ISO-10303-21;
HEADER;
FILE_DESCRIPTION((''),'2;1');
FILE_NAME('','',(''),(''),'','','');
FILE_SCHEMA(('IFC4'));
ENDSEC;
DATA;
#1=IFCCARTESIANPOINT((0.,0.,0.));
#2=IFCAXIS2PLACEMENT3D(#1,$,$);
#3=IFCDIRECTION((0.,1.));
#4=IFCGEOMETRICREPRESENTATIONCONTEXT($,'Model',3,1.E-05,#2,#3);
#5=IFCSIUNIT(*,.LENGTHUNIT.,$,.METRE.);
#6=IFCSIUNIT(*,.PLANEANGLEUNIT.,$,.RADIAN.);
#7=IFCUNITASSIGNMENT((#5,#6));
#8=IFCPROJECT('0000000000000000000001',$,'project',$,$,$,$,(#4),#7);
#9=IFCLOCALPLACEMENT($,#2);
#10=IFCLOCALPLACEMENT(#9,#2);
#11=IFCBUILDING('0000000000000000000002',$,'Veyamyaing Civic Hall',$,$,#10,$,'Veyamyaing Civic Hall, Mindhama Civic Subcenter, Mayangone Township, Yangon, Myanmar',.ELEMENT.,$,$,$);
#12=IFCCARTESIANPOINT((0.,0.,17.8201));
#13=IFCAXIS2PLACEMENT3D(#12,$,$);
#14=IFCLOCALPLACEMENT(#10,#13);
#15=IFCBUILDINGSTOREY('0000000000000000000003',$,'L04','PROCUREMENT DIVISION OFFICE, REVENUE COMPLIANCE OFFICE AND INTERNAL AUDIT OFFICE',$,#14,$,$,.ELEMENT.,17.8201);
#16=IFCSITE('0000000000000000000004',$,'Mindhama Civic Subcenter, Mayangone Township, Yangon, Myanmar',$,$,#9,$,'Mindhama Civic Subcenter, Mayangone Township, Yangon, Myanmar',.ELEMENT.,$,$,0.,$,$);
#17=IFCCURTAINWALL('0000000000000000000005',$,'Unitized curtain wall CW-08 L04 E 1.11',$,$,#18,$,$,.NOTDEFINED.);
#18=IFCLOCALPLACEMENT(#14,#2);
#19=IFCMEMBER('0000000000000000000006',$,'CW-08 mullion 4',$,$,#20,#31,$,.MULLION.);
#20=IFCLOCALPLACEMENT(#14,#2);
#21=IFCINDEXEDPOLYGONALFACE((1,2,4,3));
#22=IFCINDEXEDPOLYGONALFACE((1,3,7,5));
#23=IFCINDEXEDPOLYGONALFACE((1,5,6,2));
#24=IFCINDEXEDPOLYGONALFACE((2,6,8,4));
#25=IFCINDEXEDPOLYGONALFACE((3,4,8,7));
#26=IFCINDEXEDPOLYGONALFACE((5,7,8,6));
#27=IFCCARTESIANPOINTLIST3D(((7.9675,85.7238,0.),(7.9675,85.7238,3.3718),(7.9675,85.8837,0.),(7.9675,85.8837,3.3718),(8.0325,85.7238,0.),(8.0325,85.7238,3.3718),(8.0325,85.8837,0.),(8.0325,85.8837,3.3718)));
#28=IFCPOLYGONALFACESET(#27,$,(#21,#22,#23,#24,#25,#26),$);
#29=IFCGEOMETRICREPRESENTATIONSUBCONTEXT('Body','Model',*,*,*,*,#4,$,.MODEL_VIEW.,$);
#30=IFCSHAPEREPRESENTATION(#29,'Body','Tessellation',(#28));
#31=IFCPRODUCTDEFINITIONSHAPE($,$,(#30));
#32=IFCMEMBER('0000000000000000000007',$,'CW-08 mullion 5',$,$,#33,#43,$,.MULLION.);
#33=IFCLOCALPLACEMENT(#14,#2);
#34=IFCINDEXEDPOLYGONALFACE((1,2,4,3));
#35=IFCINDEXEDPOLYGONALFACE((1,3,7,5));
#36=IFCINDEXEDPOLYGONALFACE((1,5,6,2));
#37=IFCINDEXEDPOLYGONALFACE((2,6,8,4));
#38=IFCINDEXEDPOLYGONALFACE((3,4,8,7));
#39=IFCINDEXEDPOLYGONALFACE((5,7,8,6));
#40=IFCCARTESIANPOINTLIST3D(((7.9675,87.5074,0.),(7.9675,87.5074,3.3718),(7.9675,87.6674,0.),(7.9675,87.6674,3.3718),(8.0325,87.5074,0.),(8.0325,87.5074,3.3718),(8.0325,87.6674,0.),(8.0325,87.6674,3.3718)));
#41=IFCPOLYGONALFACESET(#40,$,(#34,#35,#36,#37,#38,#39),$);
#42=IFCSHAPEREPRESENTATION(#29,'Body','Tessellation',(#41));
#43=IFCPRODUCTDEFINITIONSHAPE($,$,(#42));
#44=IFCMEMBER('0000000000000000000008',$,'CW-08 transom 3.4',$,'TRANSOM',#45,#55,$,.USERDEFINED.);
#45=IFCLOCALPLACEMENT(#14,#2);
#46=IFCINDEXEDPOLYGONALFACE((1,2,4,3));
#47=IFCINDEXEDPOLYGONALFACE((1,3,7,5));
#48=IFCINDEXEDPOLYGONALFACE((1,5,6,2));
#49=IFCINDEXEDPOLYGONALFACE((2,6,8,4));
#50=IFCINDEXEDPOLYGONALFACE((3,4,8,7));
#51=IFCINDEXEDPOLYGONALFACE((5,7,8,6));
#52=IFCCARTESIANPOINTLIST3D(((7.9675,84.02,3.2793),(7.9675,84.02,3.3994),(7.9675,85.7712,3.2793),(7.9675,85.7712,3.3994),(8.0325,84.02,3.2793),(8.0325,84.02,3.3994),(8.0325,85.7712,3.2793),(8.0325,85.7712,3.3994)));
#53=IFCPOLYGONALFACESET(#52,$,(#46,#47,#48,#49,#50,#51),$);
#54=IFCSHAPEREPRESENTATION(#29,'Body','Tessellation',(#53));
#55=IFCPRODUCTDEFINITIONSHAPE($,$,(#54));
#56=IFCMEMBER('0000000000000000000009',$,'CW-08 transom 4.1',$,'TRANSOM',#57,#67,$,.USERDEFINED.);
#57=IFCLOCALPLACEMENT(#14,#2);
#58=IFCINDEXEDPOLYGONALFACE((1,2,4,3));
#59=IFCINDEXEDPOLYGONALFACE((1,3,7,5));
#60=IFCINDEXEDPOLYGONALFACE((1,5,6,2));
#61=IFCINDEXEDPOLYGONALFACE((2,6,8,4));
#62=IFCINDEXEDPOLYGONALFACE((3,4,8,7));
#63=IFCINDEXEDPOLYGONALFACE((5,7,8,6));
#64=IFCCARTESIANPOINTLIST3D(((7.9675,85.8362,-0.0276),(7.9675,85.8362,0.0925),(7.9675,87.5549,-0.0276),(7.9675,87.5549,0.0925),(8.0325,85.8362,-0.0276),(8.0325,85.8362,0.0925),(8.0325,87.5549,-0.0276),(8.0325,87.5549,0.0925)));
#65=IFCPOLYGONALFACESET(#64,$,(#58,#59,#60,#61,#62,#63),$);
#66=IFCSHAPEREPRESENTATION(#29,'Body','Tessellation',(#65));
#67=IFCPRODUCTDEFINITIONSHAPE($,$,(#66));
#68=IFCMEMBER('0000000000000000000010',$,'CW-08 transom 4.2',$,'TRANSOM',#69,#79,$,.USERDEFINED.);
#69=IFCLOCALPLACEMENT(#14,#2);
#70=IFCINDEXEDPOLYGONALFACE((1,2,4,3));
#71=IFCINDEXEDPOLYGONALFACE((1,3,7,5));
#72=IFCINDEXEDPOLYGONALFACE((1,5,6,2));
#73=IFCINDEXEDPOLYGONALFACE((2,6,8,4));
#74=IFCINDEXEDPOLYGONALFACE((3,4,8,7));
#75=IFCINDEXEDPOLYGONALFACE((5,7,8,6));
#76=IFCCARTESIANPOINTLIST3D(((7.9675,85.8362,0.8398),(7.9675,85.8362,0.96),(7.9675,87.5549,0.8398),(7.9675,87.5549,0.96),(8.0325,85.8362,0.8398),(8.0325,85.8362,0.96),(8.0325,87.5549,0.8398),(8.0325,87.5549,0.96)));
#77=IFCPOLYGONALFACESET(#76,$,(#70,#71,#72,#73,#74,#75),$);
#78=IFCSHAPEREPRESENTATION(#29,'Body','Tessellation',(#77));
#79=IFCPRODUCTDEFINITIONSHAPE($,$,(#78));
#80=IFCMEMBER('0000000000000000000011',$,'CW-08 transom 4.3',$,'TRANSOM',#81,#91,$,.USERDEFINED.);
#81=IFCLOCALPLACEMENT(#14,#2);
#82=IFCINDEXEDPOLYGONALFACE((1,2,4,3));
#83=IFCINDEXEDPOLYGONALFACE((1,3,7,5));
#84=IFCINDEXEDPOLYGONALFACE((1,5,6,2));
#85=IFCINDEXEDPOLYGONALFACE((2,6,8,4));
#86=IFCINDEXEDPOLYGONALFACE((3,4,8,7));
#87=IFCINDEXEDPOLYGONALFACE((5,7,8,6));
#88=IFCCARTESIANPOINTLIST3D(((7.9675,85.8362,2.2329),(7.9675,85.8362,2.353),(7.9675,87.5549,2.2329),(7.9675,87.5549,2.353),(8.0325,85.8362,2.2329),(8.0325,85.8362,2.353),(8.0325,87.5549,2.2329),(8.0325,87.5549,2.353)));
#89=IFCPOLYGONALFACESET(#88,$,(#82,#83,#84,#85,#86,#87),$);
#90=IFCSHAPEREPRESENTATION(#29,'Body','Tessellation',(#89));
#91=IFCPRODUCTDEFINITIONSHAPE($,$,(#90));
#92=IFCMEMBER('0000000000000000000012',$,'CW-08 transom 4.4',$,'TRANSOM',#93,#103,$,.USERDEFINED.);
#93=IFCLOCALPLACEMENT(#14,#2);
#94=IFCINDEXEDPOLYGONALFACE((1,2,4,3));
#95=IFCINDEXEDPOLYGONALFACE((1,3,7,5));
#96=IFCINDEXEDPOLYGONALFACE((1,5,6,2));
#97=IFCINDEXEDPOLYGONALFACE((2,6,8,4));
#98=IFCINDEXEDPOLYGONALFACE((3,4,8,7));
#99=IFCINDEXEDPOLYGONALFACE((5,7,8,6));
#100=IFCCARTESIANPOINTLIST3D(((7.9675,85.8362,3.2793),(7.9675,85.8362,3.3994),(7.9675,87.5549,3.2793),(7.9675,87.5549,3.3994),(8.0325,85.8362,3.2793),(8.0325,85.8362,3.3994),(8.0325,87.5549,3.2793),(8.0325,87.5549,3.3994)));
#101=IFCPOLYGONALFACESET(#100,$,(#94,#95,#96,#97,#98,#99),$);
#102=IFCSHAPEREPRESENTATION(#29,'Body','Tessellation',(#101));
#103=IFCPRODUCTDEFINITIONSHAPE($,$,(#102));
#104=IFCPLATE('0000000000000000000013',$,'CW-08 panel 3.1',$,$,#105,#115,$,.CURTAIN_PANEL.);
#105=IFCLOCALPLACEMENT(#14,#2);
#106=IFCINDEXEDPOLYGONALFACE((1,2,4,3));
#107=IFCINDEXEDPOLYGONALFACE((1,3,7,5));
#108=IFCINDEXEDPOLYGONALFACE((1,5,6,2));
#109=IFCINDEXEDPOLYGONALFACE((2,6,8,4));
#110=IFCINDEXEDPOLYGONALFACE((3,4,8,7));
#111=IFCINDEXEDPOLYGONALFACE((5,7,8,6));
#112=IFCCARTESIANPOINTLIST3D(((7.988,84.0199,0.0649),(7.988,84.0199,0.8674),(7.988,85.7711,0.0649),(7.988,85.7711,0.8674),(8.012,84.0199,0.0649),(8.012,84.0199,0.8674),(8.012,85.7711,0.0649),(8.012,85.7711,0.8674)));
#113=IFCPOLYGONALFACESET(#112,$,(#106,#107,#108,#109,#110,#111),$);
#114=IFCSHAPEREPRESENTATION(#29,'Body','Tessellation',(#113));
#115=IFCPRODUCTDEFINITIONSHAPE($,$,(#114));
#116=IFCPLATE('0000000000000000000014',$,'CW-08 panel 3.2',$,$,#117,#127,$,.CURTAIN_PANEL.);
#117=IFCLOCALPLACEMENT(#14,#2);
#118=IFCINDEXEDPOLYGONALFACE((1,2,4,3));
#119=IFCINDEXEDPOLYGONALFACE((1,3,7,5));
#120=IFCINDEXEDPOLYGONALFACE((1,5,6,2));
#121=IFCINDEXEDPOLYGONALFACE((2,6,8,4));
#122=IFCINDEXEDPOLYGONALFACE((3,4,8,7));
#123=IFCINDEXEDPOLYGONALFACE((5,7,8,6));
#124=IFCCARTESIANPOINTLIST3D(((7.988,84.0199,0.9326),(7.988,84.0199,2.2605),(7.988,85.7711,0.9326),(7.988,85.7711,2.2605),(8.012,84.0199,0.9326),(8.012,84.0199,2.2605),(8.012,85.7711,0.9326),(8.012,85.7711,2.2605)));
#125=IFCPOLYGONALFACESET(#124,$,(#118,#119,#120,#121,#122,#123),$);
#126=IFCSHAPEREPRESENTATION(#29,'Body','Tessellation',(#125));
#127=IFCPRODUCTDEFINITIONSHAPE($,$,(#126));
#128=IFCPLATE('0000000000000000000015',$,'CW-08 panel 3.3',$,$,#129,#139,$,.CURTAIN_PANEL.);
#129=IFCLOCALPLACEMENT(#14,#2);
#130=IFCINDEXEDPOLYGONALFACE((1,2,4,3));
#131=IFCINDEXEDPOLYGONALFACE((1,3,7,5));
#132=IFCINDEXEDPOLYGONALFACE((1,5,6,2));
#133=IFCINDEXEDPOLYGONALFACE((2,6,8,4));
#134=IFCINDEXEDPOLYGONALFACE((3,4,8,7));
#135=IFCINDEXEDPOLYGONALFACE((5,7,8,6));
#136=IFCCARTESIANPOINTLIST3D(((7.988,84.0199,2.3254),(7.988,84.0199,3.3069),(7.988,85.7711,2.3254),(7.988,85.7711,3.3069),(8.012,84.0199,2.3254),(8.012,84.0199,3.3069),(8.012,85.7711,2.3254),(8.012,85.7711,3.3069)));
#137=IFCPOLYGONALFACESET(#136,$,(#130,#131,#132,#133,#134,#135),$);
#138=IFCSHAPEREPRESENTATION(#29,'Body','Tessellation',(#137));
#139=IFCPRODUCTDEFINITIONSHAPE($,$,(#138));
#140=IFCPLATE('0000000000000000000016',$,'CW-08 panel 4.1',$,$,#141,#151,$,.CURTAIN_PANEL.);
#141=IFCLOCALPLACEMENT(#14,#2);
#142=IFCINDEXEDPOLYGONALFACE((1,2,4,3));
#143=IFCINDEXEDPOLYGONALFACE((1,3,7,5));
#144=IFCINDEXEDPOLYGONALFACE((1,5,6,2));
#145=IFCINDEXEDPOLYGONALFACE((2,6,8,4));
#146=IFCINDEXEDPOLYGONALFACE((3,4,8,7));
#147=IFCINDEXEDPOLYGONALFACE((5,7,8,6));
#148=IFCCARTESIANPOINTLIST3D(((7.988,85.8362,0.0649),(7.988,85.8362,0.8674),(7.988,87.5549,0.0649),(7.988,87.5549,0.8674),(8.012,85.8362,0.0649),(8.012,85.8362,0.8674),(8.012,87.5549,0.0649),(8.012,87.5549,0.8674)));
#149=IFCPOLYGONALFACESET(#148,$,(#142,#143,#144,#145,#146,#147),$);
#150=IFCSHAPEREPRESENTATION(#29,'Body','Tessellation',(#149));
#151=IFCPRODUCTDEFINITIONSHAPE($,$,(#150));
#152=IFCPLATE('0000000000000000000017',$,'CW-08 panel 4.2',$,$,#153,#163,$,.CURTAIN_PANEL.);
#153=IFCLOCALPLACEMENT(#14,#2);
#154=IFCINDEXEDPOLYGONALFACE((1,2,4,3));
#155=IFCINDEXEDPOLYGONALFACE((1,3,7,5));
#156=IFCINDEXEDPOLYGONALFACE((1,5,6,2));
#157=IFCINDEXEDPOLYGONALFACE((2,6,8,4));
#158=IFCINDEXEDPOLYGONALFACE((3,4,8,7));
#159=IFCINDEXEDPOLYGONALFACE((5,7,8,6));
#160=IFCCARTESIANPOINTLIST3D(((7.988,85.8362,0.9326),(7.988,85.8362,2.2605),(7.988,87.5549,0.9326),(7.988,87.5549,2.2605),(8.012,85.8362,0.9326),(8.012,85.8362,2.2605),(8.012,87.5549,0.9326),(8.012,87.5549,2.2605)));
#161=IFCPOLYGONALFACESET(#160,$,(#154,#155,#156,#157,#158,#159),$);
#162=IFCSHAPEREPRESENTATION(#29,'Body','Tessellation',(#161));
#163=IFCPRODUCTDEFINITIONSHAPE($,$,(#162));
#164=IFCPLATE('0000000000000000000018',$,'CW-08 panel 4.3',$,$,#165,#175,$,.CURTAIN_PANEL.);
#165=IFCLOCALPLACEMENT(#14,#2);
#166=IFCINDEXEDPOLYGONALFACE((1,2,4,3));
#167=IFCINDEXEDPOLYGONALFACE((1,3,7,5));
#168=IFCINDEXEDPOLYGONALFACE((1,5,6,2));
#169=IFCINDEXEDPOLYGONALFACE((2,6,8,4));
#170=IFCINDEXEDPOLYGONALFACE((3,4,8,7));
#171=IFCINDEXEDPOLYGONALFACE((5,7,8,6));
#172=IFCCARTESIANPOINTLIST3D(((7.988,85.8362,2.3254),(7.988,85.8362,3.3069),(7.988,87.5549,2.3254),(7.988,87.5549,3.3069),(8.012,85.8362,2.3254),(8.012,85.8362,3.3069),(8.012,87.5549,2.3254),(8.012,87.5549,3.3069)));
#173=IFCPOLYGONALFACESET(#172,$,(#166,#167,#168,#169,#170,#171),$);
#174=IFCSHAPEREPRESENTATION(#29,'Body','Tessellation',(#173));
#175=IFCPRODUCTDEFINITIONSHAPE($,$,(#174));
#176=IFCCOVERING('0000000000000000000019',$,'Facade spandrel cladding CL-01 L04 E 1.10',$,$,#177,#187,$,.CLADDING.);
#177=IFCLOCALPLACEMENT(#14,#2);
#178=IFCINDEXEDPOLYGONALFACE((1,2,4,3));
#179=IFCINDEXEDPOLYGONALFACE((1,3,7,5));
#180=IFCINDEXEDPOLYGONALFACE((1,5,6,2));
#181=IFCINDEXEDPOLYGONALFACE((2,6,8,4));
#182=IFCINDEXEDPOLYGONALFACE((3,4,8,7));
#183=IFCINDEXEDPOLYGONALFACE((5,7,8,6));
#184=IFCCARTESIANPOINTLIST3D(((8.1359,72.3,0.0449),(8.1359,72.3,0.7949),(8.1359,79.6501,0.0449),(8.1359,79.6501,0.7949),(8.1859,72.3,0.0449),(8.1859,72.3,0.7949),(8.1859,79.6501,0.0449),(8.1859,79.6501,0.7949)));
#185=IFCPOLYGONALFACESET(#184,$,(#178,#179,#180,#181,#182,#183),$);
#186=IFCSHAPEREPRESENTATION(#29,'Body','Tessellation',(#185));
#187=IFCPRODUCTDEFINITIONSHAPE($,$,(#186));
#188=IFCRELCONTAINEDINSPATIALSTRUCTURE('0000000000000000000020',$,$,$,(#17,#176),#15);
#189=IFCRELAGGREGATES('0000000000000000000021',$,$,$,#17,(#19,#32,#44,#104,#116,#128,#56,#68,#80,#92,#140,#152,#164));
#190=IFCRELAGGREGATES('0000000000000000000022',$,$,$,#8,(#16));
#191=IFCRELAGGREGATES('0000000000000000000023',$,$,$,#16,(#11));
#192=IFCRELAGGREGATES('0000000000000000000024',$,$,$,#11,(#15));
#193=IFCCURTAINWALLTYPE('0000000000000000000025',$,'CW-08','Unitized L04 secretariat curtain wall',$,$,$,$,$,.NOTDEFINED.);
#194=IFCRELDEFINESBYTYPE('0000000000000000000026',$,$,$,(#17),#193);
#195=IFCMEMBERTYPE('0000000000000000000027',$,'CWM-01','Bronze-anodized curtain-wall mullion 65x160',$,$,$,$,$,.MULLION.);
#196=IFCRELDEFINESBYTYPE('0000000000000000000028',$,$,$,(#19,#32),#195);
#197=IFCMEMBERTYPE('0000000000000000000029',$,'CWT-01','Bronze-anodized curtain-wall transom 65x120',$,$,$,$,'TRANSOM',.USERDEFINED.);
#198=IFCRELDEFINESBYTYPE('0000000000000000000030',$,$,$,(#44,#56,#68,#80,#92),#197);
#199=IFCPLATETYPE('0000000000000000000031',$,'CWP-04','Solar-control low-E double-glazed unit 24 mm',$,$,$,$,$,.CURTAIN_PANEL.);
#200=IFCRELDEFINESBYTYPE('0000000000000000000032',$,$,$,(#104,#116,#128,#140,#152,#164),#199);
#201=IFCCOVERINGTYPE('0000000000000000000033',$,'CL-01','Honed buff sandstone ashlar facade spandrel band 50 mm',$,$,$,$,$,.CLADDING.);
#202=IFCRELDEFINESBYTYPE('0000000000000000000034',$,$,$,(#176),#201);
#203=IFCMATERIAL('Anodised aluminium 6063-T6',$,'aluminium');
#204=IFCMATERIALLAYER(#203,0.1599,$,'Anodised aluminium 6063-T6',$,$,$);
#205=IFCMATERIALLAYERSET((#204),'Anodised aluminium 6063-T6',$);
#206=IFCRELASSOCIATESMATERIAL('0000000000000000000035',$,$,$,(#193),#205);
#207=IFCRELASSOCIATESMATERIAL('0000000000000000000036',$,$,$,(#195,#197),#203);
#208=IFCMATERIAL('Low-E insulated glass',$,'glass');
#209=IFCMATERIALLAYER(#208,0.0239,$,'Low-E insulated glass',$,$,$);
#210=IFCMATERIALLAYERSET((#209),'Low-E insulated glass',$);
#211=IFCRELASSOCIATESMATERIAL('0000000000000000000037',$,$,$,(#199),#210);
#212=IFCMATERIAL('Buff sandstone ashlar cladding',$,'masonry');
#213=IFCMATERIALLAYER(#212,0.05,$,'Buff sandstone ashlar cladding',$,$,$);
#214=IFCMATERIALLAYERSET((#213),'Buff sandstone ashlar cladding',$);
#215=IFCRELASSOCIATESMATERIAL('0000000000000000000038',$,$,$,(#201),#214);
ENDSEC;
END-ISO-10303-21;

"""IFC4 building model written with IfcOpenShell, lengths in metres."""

from ifc_helpers import new_model, si_unit, direction, frame, origin, origin_2d, place, context, subcontext, project, spatial, rectangle, extrude, material, layer, layer_set, material_profile, profile_set, type_object, element, aggregate, save


model = new_model("IFC4")

# Units and contexts
model_context = context("Model", 3, precision=1e-05, world=origin(), true_north=direction((0.0, 1.0)))
body_context = subcontext(model_context, "Body", "Model", "MODEL_VIEW")
ifc_project = project(units=[si_unit("LENGTHUNIT", "METRE"), si_unit("PLANEANGLEUNIT", "RADIAN")], contexts=[model_context])

# Site, building, storey
site_placement = place(None, origin())
site = spatial("IfcSite", under=ifc_project, at=site_placement, Name="Mindhama Civic Subcenter, Mayangone Township, Yangon, Myanmar", LongName="Mindhama Civic Subcenter, Mayangone Township, Yangon, Myanmar", CompositionType="ELEMENT", RefElevation=0.0)
building_placement = place(site_placement, origin())
building = spatial("IfcBuilding", under=site, at=building_placement, Name="Veyamyaing Civic Hall", LongName="Veyamyaing Civic Hall, Mindhama Civic Subcenter, Mayangone Township, Yangon, Myanmar", CompositionType="ELEMENT")
storey_placement = place(building_placement, frame((0.0, 0.0, 17.8201)))
storey = spatial("IfcBuildingStorey", under=building, at=storey_placement, Name="L04", Description="PROCUREMENT DIVISION OFFICE, REVENUE COMPLIANCE OFFICE AND INTERNAL AUDIT OFFICE", CompositionType="ELEMENT", Elevation=17.8201)

# Curtain wall, members, plates
ifc_material_1 = material(Name="Anodised aluminium 6063-T6", Category="aluminium")
ifc_layer_1 = layer(ifc_material_1, 0.1599, Name="Anodised aluminium 6063-T6")
ifc_layer_set_1 = layer_set([ifc_layer_1], Name="Anodised aluminium 6063-T6")
curtain_wall_type = type_object("IfcCurtainWallType", Name="CW-08", Description="Unitized L04 secretariat curtain wall", PredefinedType="NOTDEFINED", material=ifc_layer_set_1)
curtain_wall_placement = place(storey_placement, origin())
curtain_wall = element("IfcCurtainWall", 1, at=curtain_wall_placement, inside=storey, type_object=curtain_wall_type, Name="Unitized curtain wall CW-08 L04 E 1.11", PredefinedType="NOTDEFINED")
ifc_material_profile_1 = material_profile(ifc_material_1, rectangle(XDim=0.0649, YDim=0.1599, at=origin_2d()), Name="ALU-MUL-65X160")
ifc_profile_set_1 = profile_set([ifc_material_profile_1], Name="Anodised aluminium 6063-T6")
member_type_1 = type_object("IfcMemberType", Name="CWM-01", Description="Bronze-anodized curtain-wall mullion 65x160", PredefinedType="MULLION", material=ifc_profile_set_1)
member_1_placement = place(storey_placement, frame((8.0, 85.8037, 0.0), z_axis=(0.0, 0.0, 1.0), x_axis=(-1.0, 0.0, 0.0)))
member_1 = element("IfcMember", 2, at=member_1_placement, type_object=member_type_1, Name="CW-08 mullion 4", PredefinedType="MULLION", context=body_context, shape_type="SweptSolid", body=[
    extrude(rectangle(XDim=0.0649, YDim=0.1599, at=origin_2d()), origin(), (0.0, 0.0, 1.0), 3.3718),
])
member_2_placement = place(storey_placement, frame((8.0, 87.5874, 0.0), z_axis=(0.0, 0.0, 1.0), x_axis=(-1.0, 0.0, 0.0)))
member_2 = element("IfcMember", 3, at=member_2_placement, type_object=member_type_1, Name="CW-08 mullion 5", PredefinedType="MULLION", context=body_context, shape_type="SweptSolid", body=[
    extrude(rectangle(XDim=0.0649, YDim=0.1599, at=origin_2d()), origin(), (0.0, 0.0, 1.0), 3.3718),
])
ifc_material_profile_2 = material_profile(ifc_material_1, rectangle(XDim=0.0649, YDim=0.1201, at=origin_2d()), Name="ALU-TRN-65X120")
ifc_profile_set_2 = profile_set([ifc_material_profile_2], Name="Anodised aluminium 6063-T6")
member_type_2 = type_object("IfcMemberType", Name="CWT-01", Description="Bronze-anodized curtain-wall transom 65x120", ElementType="TRANSOM", PredefinedType="USERDEFINED", material=ifc_profile_set_2)
member_3_placement = place(storey_placement, frame((8.0, 84.02, 3.3394), z_axis=(0.0, 1.0, 0.0), x_axis=(-1.0, 0.0, 0.0)))
member_3 = element("IfcMember", 4, at=member_3_placement, type_object=member_type_2, Name="CW-08 transom 3.4", ObjectType="TRANSOM", PredefinedType="USERDEFINED", context=body_context, shape_type="SweptSolid", body=[
    extrude(rectangle(XDim=0.0649, YDim=0.1201, at=origin_2d()), origin(), (0.0, 0.0, 1.0), 1.7512),
])
member_4_placement = place(storey_placement, frame((8.0, 85.8362, 0.0325), z_axis=(0.0, 1.0, 0.0), x_axis=(-1.0, 0.0, 0.0)))
member_4 = element("IfcMember", 5, at=member_4_placement, type_object=member_type_2, Name="CW-08 transom 4.1", ObjectType="TRANSOM", PredefinedType="USERDEFINED", context=body_context, shape_type="SweptSolid", body=[
    extrude(rectangle(XDim=0.0649, YDim=0.1201, at=origin_2d()), origin(), (0.0, 0.0, 1.0), 1.7188),
])
member_5_placement = place(storey_placement, frame((8.0, 85.8362, 0.8999), z_axis=(0.0, 1.0, 0.0), x_axis=(-1.0, 0.0, 0.0)))
member_5 = element("IfcMember", 6, at=member_5_placement, type_object=member_type_2, Name="CW-08 transom 4.2", ObjectType="TRANSOM", PredefinedType="USERDEFINED", context=body_context, shape_type="SweptSolid", body=[
    extrude(rectangle(XDim=0.0649, YDim=0.1201, at=origin_2d()), origin(), (0.0, 0.0, 1.0), 1.7188),
])
member_6_placement = place(storey_placement, frame((8.0, 85.8362, 2.293), z_axis=(0.0, 1.0, 0.0), x_axis=(-1.0, 0.0, 0.0)))
member_6 = element("IfcMember", 7, at=member_6_placement, type_object=member_type_2, Name="CW-08 transom 4.3", ObjectType="TRANSOM", PredefinedType="USERDEFINED", context=body_context, shape_type="SweptSolid", body=[
    extrude(rectangle(XDim=0.0649, YDim=0.1201, at=origin_2d()), origin(), (0.0, 0.0, 1.0), 1.7188),
])
member_7_placement = place(storey_placement, frame((8.0, 85.8362, 3.3394), z_axis=(0.0, 1.0, 0.0), x_axis=(-1.0, 0.0, 0.0)))
member_7 = element("IfcMember", 8, at=member_7_placement, type_object=member_type_2, Name="CW-08 transom 4.4", ObjectType="TRANSOM", PredefinedType="USERDEFINED", context=body_context, shape_type="SweptSolid", body=[
    extrude(rectangle(XDim=0.0649, YDim=0.1201, at=origin_2d()), origin(), (0.0, 0.0, 1.0), 1.7188),
])
ifc_material_2 = material(Name="Low-E insulated glass", Category="glass")
ifc_layer_2 = layer(ifc_material_2, 0.0239, Name="Low-E insulated glass")
ifc_layer_set_2 = layer_set([ifc_layer_2], Name="Low-E insulated glass")
plate_type = type_object("IfcPlateType", Name="CWP-04", Description="Solar-control low-E double-glazed unit 24 mm", PredefinedType="CURTAIN_PANEL", material=ifc_layer_set_2)
plate_1_placement = place(storey_placement, frame((8.0, 84.8955, 0.0649), z_axis=(0.0, 0.0, 1.0), x_axis=(0.0, 1.0, 0.0)))
plate_1 = element("IfcPlate", 9, at=plate_1_placement, type_object=plate_type, Name="CW-08 panel 3.1", PredefinedType="CURTAIN_PANEL", context=body_context, shape_type="SweptSolid", body=[
    extrude(rectangle(XDim=1.7512, YDim=0.0239, at=origin_2d()), origin(), (0.0, 0.0, 1.0), 0.8025),
])
plate_2_placement = place(storey_placement, frame((8.0, 84.8955, 0.9326), z_axis=(0.0, 0.0, 1.0), x_axis=(0.0, 1.0, 0.0)))
plate_2 = element("IfcPlate", 10, at=plate_2_placement, type_object=plate_type, Name="CW-08 panel 3.2", PredefinedType="CURTAIN_PANEL", context=body_context, shape_type="SweptSolid", body=[
    extrude(rectangle(XDim=1.7512, YDim=0.0239, at=origin_2d()), origin(), (0.0, 0.0, 1.0), 1.3279),
])
plate_3_placement = place(storey_placement, frame((8.0, 84.8955, 2.3254), z_axis=(0.0, 0.0, 1.0), x_axis=(0.0, 1.0, 0.0)))
plate_3 = element("IfcPlate", 11, at=plate_3_placement, type_object=plate_type, Name="CW-08 panel 3.3", PredefinedType="CURTAIN_PANEL", context=body_context, shape_type="SweptSolid", body=[
    extrude(rectangle(XDim=1.7512, YDim=0.0239, at=origin_2d()), origin(), (0.0, 0.0, 1.0), 0.9814),
])
plate_4_placement = place(storey_placement, frame((8.0, 86.6956, 0.0649), z_axis=(0.0, 0.0, 1.0), x_axis=(0.0, 1.0, 0.0)))
plate_4 = element("IfcPlate", 12, at=plate_4_placement, type_object=plate_type, Name="CW-08 panel 4.1", PredefinedType="CURTAIN_PANEL", context=body_context, shape_type="SweptSolid", body=[
    extrude(rectangle(XDim=1.7188, YDim=0.0239, at=origin_2d()), origin(), (0.0, 0.0, 1.0), 0.8025),
])
plate_5_placement = place(storey_placement, frame((8.0, 86.6956, 0.9326), z_axis=(0.0, 0.0, 1.0), x_axis=(0.0, 1.0, 0.0)))
plate_5 = element("IfcPlate", 13, at=plate_5_placement, type_object=plate_type, Name="CW-08 panel 4.2", PredefinedType="CURTAIN_PANEL", context=body_context, shape_type="SweptSolid", body=[
    extrude(rectangle(XDim=1.7188, YDim=0.0239, at=origin_2d()), origin(), (0.0, 0.0, 1.0), 1.3279),
])
plate_6_placement = place(storey_placement, frame((8.0, 86.6956, 2.3254), z_axis=(0.0, 0.0, 1.0), x_axis=(0.0, 1.0, 0.0)))
plate_6 = element("IfcPlate", 14, at=plate_6_placement, type_object=plate_type, Name="CW-08 panel 4.3", PredefinedType="CURTAIN_PANEL", context=body_context, shape_type="SweptSolid", body=[
    extrude(rectangle(XDim=1.7188, YDim=0.0239, at=origin_2d()), origin(), (0.0, 0.0, 1.0), 0.9814),
])
aggregate(curtain_wall, [member_1, member_2, member_3, plate_1, plate_2, plate_3, member_4, member_5, member_6, member_7, plate_4, plate_5, plate_6])

# Covering
ifc_material_3 = material(Name="Buff sandstone ashlar cladding", Category="masonry")
ifc_layer_3 = layer(ifc_material_3, 0.05, Name="Buff sandstone ashlar cladding")
ifc_layer_set_3 = layer_set([ifc_layer_3], Name="Buff sandstone ashlar cladding")
covering_type_1 = type_object("IfcCoveringType", Name="CL-01", Description="Honed buff sandstone ashlar facade spandrel band 50 mm", PredefinedType="CLADDING", material=ifc_layer_set_3)
covering_placement = place(storey_placement, frame((8.1609, 75.9751, 0.0449), z_axis=(0.0, 0.0, 1.0), x_axis=(0.0, 1.0, 0.0)))
element("IfcCovering", 15, at=covering_placement, inside=storey, type_object=covering_type_1, Name="Facade spandrel cladding CL-01 L04 E 1.10", PredefinedType="CLADDING", context=body_context, shape_type="SweptSolid", body=[
    extrude(rectangle(XDim=7.3501, YDim=0.05, at=origin_2d()), origin(), (0.0, 0.0, 1.0), 0.75),
])

save(model, "model.ifc")
